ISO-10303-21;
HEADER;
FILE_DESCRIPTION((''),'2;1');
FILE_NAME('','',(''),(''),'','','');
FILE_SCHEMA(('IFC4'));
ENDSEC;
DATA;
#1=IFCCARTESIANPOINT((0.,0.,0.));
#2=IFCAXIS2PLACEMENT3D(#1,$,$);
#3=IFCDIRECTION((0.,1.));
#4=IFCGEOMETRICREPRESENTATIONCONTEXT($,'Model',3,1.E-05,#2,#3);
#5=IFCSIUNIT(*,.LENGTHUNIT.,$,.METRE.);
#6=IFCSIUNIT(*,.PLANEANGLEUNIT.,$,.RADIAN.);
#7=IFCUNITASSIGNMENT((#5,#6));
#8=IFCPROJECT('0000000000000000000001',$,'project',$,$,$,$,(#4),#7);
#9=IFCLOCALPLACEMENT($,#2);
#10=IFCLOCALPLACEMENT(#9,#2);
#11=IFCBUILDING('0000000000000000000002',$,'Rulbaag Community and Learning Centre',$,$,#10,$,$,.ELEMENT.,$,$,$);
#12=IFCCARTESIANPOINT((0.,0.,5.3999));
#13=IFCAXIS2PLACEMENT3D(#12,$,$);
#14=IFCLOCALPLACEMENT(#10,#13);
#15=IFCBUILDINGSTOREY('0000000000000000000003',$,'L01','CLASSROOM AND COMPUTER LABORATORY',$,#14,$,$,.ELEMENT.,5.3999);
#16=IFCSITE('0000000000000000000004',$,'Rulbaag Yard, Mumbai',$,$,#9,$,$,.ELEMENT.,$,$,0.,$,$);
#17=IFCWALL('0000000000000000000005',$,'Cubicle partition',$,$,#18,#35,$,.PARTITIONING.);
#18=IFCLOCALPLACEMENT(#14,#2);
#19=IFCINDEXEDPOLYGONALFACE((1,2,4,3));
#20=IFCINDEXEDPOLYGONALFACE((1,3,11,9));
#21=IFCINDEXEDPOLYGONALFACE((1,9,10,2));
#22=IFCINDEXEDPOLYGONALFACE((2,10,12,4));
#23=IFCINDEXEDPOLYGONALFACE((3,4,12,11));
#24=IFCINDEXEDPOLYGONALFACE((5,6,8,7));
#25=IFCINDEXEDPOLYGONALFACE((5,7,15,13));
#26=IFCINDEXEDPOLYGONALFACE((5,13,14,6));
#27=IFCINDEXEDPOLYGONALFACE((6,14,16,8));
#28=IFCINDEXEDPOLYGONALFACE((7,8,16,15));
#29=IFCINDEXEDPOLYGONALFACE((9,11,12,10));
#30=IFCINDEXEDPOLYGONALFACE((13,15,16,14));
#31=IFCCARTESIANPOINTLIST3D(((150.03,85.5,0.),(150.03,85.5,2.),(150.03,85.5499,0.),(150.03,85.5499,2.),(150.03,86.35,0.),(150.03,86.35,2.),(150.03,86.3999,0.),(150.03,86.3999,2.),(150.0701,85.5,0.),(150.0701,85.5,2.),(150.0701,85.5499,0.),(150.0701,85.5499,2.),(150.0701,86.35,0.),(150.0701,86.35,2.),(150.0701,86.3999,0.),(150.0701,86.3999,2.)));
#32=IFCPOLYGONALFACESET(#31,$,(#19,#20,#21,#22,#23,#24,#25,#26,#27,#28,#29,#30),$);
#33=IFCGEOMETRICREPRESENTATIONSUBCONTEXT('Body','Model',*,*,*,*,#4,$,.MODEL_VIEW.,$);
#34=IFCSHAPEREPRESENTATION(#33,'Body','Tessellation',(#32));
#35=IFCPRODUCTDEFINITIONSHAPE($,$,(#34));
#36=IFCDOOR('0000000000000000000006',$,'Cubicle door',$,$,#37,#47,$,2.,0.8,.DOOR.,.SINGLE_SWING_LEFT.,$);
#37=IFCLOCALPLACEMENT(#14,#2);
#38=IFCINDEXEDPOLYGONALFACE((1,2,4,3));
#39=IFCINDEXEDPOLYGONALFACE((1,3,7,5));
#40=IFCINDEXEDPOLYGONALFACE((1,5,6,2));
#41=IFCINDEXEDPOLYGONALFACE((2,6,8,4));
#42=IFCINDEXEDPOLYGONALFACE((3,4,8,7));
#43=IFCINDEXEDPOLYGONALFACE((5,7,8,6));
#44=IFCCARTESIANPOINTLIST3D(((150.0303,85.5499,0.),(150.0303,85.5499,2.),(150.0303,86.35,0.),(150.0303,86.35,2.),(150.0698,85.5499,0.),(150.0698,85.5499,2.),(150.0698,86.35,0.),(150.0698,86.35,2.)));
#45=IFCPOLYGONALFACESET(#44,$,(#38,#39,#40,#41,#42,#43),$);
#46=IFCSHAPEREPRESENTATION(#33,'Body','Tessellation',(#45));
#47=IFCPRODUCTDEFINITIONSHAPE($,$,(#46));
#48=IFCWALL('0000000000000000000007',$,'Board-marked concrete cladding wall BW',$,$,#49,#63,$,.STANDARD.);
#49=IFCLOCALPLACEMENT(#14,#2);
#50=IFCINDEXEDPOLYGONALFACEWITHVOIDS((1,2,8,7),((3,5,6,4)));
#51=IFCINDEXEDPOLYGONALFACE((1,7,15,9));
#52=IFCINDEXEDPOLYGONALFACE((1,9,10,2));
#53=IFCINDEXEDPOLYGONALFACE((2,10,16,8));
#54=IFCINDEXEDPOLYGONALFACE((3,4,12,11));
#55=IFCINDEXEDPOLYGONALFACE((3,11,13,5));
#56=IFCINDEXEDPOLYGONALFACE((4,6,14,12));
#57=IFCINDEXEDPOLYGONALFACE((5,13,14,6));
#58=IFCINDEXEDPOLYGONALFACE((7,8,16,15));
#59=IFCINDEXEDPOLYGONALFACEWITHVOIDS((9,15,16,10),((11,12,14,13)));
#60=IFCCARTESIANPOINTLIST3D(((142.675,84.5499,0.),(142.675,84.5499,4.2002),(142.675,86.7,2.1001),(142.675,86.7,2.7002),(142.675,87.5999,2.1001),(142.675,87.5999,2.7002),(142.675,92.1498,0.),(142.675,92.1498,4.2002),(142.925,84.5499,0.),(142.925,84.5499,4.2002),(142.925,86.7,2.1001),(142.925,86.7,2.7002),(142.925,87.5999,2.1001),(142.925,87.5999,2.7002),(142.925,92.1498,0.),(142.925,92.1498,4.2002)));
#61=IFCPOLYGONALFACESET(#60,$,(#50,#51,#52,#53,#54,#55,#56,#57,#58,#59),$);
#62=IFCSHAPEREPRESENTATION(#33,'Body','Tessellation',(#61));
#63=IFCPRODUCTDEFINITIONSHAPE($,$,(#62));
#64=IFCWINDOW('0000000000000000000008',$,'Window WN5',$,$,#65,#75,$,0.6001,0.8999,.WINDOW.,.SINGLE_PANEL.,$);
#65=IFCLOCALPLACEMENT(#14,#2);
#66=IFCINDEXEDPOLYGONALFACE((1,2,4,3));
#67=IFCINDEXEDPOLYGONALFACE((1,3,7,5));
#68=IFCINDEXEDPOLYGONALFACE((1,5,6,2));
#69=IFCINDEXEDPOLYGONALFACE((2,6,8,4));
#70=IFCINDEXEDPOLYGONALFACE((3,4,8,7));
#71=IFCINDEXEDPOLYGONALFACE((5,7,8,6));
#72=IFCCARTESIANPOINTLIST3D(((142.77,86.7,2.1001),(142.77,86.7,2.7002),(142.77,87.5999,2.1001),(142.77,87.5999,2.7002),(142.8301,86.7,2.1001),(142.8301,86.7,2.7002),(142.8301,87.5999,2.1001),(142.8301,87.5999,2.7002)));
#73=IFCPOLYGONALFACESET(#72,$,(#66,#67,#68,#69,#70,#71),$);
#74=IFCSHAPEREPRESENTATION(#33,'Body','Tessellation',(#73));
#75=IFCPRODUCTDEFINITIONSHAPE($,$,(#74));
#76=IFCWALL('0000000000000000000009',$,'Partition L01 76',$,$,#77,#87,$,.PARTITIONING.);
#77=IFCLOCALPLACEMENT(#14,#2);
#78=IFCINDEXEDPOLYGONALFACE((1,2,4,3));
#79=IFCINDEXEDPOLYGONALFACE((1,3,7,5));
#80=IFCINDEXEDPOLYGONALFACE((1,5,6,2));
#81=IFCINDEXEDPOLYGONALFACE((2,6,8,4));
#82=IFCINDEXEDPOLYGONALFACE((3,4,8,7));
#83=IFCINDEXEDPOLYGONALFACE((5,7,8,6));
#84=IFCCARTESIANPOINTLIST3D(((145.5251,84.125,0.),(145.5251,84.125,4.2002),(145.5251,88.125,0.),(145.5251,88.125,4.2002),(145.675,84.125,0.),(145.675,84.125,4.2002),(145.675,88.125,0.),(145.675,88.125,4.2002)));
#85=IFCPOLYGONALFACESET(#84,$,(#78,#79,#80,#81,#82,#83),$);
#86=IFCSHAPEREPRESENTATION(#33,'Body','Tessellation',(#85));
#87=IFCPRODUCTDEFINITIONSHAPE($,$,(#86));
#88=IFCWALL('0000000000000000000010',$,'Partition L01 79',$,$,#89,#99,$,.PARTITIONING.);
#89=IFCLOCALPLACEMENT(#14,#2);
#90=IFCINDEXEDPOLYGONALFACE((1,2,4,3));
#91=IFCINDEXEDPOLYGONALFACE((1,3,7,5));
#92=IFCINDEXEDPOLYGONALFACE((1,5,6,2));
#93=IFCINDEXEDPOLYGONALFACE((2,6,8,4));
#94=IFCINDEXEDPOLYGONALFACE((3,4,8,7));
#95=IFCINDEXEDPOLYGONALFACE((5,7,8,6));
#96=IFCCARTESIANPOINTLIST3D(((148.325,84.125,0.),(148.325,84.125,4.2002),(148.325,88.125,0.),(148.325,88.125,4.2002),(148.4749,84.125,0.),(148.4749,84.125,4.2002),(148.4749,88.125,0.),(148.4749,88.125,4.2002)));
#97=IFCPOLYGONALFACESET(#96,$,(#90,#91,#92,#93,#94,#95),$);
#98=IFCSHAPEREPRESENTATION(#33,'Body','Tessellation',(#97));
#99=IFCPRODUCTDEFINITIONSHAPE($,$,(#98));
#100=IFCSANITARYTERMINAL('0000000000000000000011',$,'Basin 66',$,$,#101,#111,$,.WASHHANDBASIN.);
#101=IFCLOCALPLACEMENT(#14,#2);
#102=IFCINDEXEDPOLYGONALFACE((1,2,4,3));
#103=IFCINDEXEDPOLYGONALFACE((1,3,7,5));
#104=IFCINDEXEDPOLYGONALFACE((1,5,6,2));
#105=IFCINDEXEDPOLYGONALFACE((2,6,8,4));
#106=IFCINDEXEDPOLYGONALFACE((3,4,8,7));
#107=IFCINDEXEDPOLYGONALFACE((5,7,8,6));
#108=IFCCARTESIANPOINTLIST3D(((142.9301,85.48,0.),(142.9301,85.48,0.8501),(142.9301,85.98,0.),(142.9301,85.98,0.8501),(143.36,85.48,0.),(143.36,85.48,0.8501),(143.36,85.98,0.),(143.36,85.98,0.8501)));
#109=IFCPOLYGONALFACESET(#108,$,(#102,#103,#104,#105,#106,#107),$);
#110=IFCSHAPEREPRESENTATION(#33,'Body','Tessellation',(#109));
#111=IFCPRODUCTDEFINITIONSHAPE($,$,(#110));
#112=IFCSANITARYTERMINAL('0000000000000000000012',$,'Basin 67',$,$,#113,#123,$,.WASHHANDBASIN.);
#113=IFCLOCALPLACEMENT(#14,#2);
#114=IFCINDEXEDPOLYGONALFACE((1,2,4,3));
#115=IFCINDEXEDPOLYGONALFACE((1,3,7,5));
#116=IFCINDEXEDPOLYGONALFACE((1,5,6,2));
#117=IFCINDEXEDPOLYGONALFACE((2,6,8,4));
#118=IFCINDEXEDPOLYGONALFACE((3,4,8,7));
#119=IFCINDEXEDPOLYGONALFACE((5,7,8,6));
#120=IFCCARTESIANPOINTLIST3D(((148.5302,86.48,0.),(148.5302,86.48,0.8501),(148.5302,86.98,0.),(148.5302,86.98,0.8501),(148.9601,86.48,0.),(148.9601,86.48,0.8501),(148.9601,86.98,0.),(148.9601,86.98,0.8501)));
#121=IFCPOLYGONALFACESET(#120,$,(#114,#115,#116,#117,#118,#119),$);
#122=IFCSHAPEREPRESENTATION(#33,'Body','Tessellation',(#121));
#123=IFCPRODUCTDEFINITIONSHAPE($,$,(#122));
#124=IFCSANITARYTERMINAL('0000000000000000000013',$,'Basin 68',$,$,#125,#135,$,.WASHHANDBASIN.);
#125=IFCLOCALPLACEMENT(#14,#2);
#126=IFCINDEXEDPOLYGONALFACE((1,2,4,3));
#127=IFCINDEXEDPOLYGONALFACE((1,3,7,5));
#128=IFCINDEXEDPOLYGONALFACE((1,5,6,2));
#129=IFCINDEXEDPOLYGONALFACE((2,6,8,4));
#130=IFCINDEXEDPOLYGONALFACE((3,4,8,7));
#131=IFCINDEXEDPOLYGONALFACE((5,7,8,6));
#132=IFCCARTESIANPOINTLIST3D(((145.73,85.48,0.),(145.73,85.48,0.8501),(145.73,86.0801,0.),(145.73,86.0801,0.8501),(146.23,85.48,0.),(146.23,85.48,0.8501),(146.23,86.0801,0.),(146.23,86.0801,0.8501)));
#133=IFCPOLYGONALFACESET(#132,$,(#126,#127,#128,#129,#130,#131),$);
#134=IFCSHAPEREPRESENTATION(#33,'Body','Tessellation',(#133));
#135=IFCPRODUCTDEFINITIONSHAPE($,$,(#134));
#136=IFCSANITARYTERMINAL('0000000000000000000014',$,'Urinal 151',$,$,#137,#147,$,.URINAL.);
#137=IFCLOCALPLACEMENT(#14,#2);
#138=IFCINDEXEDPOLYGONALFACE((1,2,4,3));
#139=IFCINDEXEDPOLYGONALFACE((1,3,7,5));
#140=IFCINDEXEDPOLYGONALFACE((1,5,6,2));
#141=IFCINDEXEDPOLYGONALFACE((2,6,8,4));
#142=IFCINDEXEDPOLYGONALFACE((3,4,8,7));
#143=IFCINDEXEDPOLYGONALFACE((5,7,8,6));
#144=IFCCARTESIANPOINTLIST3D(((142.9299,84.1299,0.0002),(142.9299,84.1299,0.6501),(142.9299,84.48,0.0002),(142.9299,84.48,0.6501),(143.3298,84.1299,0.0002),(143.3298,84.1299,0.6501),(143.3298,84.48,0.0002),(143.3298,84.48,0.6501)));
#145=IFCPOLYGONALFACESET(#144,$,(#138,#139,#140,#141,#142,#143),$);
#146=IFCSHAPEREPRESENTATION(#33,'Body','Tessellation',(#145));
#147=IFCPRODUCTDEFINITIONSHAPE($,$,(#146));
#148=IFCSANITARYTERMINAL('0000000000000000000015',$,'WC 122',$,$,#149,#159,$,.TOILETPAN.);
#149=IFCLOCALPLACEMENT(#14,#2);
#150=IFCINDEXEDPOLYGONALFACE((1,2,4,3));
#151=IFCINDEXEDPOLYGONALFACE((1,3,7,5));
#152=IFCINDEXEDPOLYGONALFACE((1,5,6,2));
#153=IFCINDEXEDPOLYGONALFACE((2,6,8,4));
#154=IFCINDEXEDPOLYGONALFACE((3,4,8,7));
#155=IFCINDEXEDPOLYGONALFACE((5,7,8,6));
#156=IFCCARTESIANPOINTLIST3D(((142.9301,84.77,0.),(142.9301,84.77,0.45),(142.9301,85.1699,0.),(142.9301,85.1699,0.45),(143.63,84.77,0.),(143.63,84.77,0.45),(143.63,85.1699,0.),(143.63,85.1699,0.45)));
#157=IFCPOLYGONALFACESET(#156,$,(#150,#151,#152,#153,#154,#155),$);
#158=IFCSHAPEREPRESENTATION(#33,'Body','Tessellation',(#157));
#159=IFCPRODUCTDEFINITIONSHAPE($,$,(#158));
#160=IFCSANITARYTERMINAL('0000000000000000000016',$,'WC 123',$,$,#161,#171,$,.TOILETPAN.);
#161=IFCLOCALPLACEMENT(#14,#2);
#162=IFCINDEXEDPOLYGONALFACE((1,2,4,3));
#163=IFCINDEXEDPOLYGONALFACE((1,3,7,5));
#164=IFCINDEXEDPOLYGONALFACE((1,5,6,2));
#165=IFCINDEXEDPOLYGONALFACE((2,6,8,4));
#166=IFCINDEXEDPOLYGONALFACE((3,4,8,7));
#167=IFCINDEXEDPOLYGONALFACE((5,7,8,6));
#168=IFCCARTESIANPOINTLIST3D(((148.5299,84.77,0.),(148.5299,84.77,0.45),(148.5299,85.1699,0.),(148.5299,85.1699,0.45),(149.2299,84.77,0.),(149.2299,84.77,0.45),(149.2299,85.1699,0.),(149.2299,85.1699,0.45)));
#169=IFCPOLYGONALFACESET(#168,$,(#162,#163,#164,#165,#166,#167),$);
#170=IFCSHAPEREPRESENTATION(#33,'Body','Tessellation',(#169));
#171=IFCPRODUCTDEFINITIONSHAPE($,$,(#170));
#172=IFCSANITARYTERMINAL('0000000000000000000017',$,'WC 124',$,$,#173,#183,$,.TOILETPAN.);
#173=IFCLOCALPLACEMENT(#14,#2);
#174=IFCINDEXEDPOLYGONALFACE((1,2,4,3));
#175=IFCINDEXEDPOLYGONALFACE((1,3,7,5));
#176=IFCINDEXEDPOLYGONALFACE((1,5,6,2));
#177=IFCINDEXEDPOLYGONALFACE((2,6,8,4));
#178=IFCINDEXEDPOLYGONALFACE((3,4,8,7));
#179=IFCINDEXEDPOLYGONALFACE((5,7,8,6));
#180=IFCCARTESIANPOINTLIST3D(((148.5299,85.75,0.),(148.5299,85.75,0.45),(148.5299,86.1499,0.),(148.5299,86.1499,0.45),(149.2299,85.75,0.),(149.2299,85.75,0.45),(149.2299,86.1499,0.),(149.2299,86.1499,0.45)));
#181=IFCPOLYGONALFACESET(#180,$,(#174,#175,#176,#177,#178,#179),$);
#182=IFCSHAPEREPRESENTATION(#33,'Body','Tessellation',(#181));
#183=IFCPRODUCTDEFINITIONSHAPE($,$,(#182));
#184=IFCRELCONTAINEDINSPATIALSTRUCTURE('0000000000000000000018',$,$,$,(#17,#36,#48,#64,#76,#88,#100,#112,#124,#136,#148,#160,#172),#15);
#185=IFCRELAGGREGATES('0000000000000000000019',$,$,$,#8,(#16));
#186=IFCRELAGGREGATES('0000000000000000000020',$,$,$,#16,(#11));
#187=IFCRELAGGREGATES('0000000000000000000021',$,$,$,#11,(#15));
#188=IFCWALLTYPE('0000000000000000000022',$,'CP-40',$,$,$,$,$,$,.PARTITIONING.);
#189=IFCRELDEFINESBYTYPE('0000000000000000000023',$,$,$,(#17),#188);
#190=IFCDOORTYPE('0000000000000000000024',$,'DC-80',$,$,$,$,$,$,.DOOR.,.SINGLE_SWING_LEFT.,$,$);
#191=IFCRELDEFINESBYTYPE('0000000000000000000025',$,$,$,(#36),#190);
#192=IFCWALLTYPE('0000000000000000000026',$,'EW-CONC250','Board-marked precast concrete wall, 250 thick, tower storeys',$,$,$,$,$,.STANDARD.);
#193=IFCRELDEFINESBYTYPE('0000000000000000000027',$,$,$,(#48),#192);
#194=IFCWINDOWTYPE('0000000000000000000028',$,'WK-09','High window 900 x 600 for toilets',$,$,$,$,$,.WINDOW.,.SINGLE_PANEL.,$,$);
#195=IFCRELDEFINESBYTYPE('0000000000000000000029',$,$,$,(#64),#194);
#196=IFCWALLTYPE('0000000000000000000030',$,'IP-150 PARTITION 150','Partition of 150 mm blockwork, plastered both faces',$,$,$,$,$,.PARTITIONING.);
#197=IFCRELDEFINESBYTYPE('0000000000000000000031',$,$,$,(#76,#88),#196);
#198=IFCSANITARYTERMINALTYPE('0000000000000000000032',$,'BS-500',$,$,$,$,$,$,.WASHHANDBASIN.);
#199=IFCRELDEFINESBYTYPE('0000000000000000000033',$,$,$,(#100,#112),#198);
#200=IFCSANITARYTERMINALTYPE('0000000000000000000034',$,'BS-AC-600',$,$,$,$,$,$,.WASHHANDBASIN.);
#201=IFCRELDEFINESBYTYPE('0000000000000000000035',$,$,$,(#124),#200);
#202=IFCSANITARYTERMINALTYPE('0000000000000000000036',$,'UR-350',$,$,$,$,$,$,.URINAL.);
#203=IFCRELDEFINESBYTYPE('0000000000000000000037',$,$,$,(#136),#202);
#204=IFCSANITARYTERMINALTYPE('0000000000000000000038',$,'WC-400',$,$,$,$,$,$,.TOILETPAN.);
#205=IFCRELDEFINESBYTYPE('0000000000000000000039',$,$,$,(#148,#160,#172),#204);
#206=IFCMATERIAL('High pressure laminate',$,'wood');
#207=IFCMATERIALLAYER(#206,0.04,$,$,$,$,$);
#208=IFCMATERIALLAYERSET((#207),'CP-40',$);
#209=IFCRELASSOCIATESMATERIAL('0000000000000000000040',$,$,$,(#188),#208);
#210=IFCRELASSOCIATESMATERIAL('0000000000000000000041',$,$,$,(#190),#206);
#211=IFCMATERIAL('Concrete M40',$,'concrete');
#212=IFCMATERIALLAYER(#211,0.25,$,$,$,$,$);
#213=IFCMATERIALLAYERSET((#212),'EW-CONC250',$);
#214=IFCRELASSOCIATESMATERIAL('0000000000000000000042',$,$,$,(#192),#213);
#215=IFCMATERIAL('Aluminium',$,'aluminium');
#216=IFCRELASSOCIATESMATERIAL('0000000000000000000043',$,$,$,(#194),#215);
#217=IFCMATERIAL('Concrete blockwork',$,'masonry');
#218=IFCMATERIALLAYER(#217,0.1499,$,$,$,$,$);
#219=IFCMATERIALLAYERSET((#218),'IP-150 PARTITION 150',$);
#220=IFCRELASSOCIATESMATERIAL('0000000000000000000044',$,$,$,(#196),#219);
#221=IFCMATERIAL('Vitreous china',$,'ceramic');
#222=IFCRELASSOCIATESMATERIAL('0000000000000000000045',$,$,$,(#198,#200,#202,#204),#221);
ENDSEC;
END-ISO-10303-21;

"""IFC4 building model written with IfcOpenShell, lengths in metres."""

from ifc_helpers import new_model, si_unit, direction, frame, frame_2d, origin, origin_2d, place, context, subcontext, project, spatial, rectangle, extrude, material, layer, layer_set, type_object, element, fill, save


model = new_model("IFC4")

# Units and contexts
model_context = context("Model", 3, precision=1e-05, world=origin(), true_north=direction((0.0, 1.0)))
body_context = subcontext(model_context, "Body", "Model", "MODEL_VIEW")
ifc_project = project(units=[si_unit("LENGTHUNIT", "METRE"), si_unit("PLANEANGLEUNIT", "RADIAN")], contexts=[model_context])

# Site, building, storey
site_placement = place(None, origin())
site = spatial("IfcSite", under=ifc_project, at=site_placement, Name="Rulbaag Yard, Mumbai", CompositionType="ELEMENT", RefElevation=0.0)
building_placement = place(site_placement, origin())
building = spatial("IfcBuilding", under=site, at=building_placement, Name="Rulbaag Community and Learning Centre", CompositionType="ELEMENT")
storey_placement = place(building_placement, frame((0.0, 0.0, 5.3999)))
storey = spatial("IfcBuildingStorey", under=building, at=storey_placement, Name="L01", Description="CLASSROOM AND COMPUTER LABORATORY", CompositionType="ELEMENT", Elevation=5.3999)

# Shared definitions
ifc_material_1 = material(Name="Concrete M40", Category="concrete")

# Shared definitions
ifc_material_2 = material(Name="High pressure laminate", Category="wood")
ifc_layer_1 = layer(ifc_material_2, 0.04)
ifc_layer_set_1 = layer_set([ifc_layer_1], Name="CP-40")
wall_type_1 = type_object("IfcWallType", Name="CP-40", PredefinedType="PARTITIONING", material=ifc_layer_set_1)

# Shared definitions
door_type = type_object("IfcDoorType", Name="DC-80", OperationType="SINGLE_SWING_LEFT", PredefinedType="DOOR", material=ifc_material_2)

# Wall, opening, door
wall_1_placement = place(storey_placement, frame((150.05, 85.5, 0.0), z_axis=(0.0, 0.0, 1.0), x_axis=(0.0, 1.0, 0.0)))
wall_1 = element("IfcWall", 1, at=wall_1_placement, inside=storey, type_object=wall_type_1, Name="Cubicle partition", PredefinedType="PARTITIONING", context=body_context, shape_type="SweptSolid", body=[
    extrude(rectangle(XDim=0.8999, YDim=0.04, at=frame_2d((0.45, 0.0))), origin(), (0.0, 0.0, 1.0), 2.0),
])
opening_1_placement = place(wall_1_placement, frame((0.05, 0.0, 0.0)))
opening_1 = element("IfcOpeningElement", 2, at=opening_1_placement, cuts=wall_1, PredefinedType="OPENING", context=body_context, shape_type="SweptSolid", body=[
    extrude(rectangle(XDim=0.8, YDim=2.0, at=frame_2d((0.3999, 1.0))), frame((0.0, 0.03, 0.0), z_axis=(0.0, -1.0, 0.0), x_axis=(1.0, 0.0, 0.0)), (0.0, 0.0, 1.0), 0.0601),
])
door_1_placement = place(opening_1_placement, origin())
door_1 = element("IfcDoor", 3, at=door_1_placement, inside=storey, type_object=door_type, Name="Cubicle door", OperationType="SINGLE_SWING_LEFT", OverallHeight=2.0, OverallWidth=0.8, PredefinedType="DOOR", context=body_context, shape_type="SweptSolid", body=[
    extrude(rectangle(XDim=0.8, YDim=2.0, at=frame_2d((0.3999, 1.0))), frame((0.0, 0.0198, 0.0), z_axis=(0.0, -1.0, 0.0), x_axis=(1.0, 0.0, 0.0)), (0.0, 0.0, 1.0), 0.0396),
])
fill(opening_1, door_1)

# Wall, opening, window
ifc_layer_2 = layer(ifc_material_1, 0.25)
ifc_layer_set_2 = layer_set([ifc_layer_2], Name="EW-CONC250")
wall_type_2 = type_object("IfcWallType", Name="EW-CONC250", Description="Board-marked precast concrete wall, 250 thick, tower storeys", PredefinedType="STANDARD", material=ifc_layer_set_2)
wall_2_placement = place(storey_placement, frame((142.8, 84.55, 0.0), z_axis=(0.0, 0.0, 1.0), x_axis=(0.0, 1.0, 0.0)))
wall_2 = element("IfcWall", 4, at=wall_2_placement, inside=storey, type_object=wall_type_2, Name="Board-marked concrete cladding wall BW", PredefinedType="STANDARD", context=body_context, shape_type="SweptSolid", body=[
    extrude(rectangle(XDim=7.5999, YDim=0.25, at=frame_2d((3.7998, 0.0))), origin(), (0.0, 0.0, 1.0), 4.2002),
])
opening_2_placement = place(wall_2_placement, frame((2.1499, 0.0, 2.1001)))
opening_2 = element("IfcOpeningElement", 5, at=opening_2_placement, cuts=wall_2, PredefinedType="OPENING", context=body_context, shape_type="SweptSolid", body=[
    extrude(rectangle(XDim=0.8999, YDim=0.6001, at=frame_2d((0.45, 0.3))), frame((0.0, 0.135, 0.0), z_axis=(0.0, -1.0, 0.0), x_axis=(1.0, 0.0, 0.0)), (0.0, 0.0, 1.0), 0.27),
])
ifc_material_3 = material(Name="Aluminium", Category="aluminium")
window_type = type_object("IfcWindowType", Name="WK-09", Description="High window 900 x 600 for toilets", PartitioningType="SINGLE_PANEL", PredefinedType="WINDOW", material=ifc_material_3)
window_placement = place(opening_2_placement, origin())
window = element("IfcWindow", 6, at=window_placement, inside=storey, type_object=window_type, Name="Window WN5", OverallHeight=0.6001, OverallWidth=0.8999, PartitioningType="SINGLE_PANEL", PredefinedType="WINDOW", context=body_context, shape_type="SweptSolid", body=[
    extrude(rectangle(XDim=0.8999, YDim=0.6001, at=frame_2d((0.45, 0.3))), frame((0.0, 0.03, 0.0), z_axis=(0.0, -1.0, 0.0), x_axis=(1.0, 0.0, 0.0)), (0.0, 0.0, 1.0), 0.0601),
])
fill(opening_2, window)

# Walls
ifc_material_4 = material(Name="Concrete blockwork", Category="masonry")
ifc_layer_3 = layer(ifc_material_4, 0.1499)
ifc_layer_set_3 = layer_set([ifc_layer_3], Name="IP-150 PARTITION 150")
wall_type_3 = type_object("IfcWallType", Name="IP-150 PARTITION 150", Description="Partition of 150 mm blockwork, plastered both faces", PredefinedType="PARTITIONING", material=ifc_layer_set_3)
for number, where, z_axis, x_axis, name in (
    (7, (145.6001, 84.125, 0.0), (0.0, 0.0, 1.0), (0.0, 1.0, 0.0), "Partition L01 76"),
    (8, (148.3999, 84.125, 0.0), (0.0, 0.0, 1.0), (0.0, 1.0, 0.0), "Partition L01 79"),
):
    element("IfcWall", number, at=place(storey_placement, frame(where, z_axis=z_axis, x_axis=x_axis)), inside=storey, type_object=wall_type_3, Name=name, PredefinedType="PARTITIONING", context=body_context, shape_type="SweptSolid", body=[
        extrude(rectangle(XDim=4.0, YDim=0.1499, at=frame_2d((2.0, 0.0))), origin(), (0.0, 0.0, 1.0), 4.2002),
    ])

# Sanitary terminals
ifc_material_5 = material(Name="Vitreous china", Category="ceramic")
sanitary_terminal_type_1 = type_object("IfcSanitaryTerminalType", Name="BS-500", PredefinedType="WASHHANDBASIN", material=ifc_material_5)
for number, where, z_axis, x_axis, name in (
    (9, (143.145, 85.73, 0.0), (0.0, 0.0, 1.0), (1.0, 0.0, 0.0), "Basin 66"),
    (10, (148.7451, 86.73, 0.0), (0.0, 0.0, 1.0), (1.0, 0.0, 0.0), "Basin 67"),
):
    element("IfcSanitaryTerminal", number, at=place(storey_placement, frame(where, z_axis=z_axis, x_axis=x_axis)), inside=storey, type_object=sanitary_terminal_type_1, Name=name, PredefinedType="WASHHANDBASIN", context=body_context, shape_type="SweptSolid", body=[
        extrude(rectangle(XDim=0.4299, YDim=0.5, at=origin_2d()), origin(), (0.0, 0.0, 1.0), 0.8501),
    ])
sanitary_terminal_type_2 = type_object("IfcSanitaryTerminalType", Name="BS-AC-600", PredefinedType="WASHHANDBASIN", material=ifc_material_5)
sanitary_terminal_1_placement = place(storey_placement, frame((145.98, 85.78, 0.0), z_axis=(0.0, 0.0, 1.0), x_axis=(1.0, 0.0, 0.0)))
element("IfcSanitaryTerminal", 11, at=sanitary_terminal_1_placement, inside=storey, type_object=sanitary_terminal_type_2, Name="Basin 68", PredefinedType="WASHHANDBASIN", context=body_context, shape_type="SweptSolid", body=[
    extrude(rectangle(XDim=0.5, YDim=0.6001, at=origin_2d()), origin(), (0.0, 0.0, 1.0), 0.8501),
])
sanitary_terminal_type_3 = type_object("IfcSanitaryTerminalType", Name="UR-350", PredefinedType="URINAL", material=ifc_material_5)
sanitary_terminal_2_placement = place(storey_placement, frame((143.1299, 84.3049, 0.0002), z_axis=(0.0, 0.0, 1.0), x_axis=(1.0, 0.0, 0.0)))
element("IfcSanitaryTerminal", 12, at=sanitary_terminal_2_placement, inside=storey, type_object=sanitary_terminal_type_3, Name="Urinal 151", PredefinedType="URINAL", context=body_context, shape_type="SweptSolid", body=[
    extrude(rectangle(XDim=0.3999, YDim=0.3501, at=origin_2d()), origin(), (0.0, 0.0, 1.0), 0.6499),
])
sanitary_terminal_type_4 = type_object("IfcSanitaryTerminalType", Name="WC-400", PredefinedType="TOILETPAN", material=ifc_material_5)
for number, where, z_axis, x_axis, name in (
    (13, (143.28, 84.97, 0.0), (0.0, 0.0, 1.0), (1.0, 0.0, 0.0), "WC 122"),
    (14, (148.8799, 84.97, 0.0), (0.0, 0.0, 1.0), (1.0, 0.0, 0.0), "WC 123"),
    (15, (148.8799, 85.95, 0.0), (0.0, 0.0, 1.0), (1.0, 0.0, 0.0), "WC 124"),
):
    element("IfcSanitaryTerminal", number, at=place(storey_placement, frame(where, z_axis=z_axis, x_axis=x_axis)), inside=storey, type_object=sanitary_terminal_type_4, Name=name, PredefinedType="TOILETPAN", context=body_context, shape_type="SweptSolid", body=[
        extrude(rectangle(XDim=0.7, YDim=0.3999, at=origin_2d()), origin(), (0.0, 0.0, 1.0), 0.45),
    ])

save(model, "model.ifc")
